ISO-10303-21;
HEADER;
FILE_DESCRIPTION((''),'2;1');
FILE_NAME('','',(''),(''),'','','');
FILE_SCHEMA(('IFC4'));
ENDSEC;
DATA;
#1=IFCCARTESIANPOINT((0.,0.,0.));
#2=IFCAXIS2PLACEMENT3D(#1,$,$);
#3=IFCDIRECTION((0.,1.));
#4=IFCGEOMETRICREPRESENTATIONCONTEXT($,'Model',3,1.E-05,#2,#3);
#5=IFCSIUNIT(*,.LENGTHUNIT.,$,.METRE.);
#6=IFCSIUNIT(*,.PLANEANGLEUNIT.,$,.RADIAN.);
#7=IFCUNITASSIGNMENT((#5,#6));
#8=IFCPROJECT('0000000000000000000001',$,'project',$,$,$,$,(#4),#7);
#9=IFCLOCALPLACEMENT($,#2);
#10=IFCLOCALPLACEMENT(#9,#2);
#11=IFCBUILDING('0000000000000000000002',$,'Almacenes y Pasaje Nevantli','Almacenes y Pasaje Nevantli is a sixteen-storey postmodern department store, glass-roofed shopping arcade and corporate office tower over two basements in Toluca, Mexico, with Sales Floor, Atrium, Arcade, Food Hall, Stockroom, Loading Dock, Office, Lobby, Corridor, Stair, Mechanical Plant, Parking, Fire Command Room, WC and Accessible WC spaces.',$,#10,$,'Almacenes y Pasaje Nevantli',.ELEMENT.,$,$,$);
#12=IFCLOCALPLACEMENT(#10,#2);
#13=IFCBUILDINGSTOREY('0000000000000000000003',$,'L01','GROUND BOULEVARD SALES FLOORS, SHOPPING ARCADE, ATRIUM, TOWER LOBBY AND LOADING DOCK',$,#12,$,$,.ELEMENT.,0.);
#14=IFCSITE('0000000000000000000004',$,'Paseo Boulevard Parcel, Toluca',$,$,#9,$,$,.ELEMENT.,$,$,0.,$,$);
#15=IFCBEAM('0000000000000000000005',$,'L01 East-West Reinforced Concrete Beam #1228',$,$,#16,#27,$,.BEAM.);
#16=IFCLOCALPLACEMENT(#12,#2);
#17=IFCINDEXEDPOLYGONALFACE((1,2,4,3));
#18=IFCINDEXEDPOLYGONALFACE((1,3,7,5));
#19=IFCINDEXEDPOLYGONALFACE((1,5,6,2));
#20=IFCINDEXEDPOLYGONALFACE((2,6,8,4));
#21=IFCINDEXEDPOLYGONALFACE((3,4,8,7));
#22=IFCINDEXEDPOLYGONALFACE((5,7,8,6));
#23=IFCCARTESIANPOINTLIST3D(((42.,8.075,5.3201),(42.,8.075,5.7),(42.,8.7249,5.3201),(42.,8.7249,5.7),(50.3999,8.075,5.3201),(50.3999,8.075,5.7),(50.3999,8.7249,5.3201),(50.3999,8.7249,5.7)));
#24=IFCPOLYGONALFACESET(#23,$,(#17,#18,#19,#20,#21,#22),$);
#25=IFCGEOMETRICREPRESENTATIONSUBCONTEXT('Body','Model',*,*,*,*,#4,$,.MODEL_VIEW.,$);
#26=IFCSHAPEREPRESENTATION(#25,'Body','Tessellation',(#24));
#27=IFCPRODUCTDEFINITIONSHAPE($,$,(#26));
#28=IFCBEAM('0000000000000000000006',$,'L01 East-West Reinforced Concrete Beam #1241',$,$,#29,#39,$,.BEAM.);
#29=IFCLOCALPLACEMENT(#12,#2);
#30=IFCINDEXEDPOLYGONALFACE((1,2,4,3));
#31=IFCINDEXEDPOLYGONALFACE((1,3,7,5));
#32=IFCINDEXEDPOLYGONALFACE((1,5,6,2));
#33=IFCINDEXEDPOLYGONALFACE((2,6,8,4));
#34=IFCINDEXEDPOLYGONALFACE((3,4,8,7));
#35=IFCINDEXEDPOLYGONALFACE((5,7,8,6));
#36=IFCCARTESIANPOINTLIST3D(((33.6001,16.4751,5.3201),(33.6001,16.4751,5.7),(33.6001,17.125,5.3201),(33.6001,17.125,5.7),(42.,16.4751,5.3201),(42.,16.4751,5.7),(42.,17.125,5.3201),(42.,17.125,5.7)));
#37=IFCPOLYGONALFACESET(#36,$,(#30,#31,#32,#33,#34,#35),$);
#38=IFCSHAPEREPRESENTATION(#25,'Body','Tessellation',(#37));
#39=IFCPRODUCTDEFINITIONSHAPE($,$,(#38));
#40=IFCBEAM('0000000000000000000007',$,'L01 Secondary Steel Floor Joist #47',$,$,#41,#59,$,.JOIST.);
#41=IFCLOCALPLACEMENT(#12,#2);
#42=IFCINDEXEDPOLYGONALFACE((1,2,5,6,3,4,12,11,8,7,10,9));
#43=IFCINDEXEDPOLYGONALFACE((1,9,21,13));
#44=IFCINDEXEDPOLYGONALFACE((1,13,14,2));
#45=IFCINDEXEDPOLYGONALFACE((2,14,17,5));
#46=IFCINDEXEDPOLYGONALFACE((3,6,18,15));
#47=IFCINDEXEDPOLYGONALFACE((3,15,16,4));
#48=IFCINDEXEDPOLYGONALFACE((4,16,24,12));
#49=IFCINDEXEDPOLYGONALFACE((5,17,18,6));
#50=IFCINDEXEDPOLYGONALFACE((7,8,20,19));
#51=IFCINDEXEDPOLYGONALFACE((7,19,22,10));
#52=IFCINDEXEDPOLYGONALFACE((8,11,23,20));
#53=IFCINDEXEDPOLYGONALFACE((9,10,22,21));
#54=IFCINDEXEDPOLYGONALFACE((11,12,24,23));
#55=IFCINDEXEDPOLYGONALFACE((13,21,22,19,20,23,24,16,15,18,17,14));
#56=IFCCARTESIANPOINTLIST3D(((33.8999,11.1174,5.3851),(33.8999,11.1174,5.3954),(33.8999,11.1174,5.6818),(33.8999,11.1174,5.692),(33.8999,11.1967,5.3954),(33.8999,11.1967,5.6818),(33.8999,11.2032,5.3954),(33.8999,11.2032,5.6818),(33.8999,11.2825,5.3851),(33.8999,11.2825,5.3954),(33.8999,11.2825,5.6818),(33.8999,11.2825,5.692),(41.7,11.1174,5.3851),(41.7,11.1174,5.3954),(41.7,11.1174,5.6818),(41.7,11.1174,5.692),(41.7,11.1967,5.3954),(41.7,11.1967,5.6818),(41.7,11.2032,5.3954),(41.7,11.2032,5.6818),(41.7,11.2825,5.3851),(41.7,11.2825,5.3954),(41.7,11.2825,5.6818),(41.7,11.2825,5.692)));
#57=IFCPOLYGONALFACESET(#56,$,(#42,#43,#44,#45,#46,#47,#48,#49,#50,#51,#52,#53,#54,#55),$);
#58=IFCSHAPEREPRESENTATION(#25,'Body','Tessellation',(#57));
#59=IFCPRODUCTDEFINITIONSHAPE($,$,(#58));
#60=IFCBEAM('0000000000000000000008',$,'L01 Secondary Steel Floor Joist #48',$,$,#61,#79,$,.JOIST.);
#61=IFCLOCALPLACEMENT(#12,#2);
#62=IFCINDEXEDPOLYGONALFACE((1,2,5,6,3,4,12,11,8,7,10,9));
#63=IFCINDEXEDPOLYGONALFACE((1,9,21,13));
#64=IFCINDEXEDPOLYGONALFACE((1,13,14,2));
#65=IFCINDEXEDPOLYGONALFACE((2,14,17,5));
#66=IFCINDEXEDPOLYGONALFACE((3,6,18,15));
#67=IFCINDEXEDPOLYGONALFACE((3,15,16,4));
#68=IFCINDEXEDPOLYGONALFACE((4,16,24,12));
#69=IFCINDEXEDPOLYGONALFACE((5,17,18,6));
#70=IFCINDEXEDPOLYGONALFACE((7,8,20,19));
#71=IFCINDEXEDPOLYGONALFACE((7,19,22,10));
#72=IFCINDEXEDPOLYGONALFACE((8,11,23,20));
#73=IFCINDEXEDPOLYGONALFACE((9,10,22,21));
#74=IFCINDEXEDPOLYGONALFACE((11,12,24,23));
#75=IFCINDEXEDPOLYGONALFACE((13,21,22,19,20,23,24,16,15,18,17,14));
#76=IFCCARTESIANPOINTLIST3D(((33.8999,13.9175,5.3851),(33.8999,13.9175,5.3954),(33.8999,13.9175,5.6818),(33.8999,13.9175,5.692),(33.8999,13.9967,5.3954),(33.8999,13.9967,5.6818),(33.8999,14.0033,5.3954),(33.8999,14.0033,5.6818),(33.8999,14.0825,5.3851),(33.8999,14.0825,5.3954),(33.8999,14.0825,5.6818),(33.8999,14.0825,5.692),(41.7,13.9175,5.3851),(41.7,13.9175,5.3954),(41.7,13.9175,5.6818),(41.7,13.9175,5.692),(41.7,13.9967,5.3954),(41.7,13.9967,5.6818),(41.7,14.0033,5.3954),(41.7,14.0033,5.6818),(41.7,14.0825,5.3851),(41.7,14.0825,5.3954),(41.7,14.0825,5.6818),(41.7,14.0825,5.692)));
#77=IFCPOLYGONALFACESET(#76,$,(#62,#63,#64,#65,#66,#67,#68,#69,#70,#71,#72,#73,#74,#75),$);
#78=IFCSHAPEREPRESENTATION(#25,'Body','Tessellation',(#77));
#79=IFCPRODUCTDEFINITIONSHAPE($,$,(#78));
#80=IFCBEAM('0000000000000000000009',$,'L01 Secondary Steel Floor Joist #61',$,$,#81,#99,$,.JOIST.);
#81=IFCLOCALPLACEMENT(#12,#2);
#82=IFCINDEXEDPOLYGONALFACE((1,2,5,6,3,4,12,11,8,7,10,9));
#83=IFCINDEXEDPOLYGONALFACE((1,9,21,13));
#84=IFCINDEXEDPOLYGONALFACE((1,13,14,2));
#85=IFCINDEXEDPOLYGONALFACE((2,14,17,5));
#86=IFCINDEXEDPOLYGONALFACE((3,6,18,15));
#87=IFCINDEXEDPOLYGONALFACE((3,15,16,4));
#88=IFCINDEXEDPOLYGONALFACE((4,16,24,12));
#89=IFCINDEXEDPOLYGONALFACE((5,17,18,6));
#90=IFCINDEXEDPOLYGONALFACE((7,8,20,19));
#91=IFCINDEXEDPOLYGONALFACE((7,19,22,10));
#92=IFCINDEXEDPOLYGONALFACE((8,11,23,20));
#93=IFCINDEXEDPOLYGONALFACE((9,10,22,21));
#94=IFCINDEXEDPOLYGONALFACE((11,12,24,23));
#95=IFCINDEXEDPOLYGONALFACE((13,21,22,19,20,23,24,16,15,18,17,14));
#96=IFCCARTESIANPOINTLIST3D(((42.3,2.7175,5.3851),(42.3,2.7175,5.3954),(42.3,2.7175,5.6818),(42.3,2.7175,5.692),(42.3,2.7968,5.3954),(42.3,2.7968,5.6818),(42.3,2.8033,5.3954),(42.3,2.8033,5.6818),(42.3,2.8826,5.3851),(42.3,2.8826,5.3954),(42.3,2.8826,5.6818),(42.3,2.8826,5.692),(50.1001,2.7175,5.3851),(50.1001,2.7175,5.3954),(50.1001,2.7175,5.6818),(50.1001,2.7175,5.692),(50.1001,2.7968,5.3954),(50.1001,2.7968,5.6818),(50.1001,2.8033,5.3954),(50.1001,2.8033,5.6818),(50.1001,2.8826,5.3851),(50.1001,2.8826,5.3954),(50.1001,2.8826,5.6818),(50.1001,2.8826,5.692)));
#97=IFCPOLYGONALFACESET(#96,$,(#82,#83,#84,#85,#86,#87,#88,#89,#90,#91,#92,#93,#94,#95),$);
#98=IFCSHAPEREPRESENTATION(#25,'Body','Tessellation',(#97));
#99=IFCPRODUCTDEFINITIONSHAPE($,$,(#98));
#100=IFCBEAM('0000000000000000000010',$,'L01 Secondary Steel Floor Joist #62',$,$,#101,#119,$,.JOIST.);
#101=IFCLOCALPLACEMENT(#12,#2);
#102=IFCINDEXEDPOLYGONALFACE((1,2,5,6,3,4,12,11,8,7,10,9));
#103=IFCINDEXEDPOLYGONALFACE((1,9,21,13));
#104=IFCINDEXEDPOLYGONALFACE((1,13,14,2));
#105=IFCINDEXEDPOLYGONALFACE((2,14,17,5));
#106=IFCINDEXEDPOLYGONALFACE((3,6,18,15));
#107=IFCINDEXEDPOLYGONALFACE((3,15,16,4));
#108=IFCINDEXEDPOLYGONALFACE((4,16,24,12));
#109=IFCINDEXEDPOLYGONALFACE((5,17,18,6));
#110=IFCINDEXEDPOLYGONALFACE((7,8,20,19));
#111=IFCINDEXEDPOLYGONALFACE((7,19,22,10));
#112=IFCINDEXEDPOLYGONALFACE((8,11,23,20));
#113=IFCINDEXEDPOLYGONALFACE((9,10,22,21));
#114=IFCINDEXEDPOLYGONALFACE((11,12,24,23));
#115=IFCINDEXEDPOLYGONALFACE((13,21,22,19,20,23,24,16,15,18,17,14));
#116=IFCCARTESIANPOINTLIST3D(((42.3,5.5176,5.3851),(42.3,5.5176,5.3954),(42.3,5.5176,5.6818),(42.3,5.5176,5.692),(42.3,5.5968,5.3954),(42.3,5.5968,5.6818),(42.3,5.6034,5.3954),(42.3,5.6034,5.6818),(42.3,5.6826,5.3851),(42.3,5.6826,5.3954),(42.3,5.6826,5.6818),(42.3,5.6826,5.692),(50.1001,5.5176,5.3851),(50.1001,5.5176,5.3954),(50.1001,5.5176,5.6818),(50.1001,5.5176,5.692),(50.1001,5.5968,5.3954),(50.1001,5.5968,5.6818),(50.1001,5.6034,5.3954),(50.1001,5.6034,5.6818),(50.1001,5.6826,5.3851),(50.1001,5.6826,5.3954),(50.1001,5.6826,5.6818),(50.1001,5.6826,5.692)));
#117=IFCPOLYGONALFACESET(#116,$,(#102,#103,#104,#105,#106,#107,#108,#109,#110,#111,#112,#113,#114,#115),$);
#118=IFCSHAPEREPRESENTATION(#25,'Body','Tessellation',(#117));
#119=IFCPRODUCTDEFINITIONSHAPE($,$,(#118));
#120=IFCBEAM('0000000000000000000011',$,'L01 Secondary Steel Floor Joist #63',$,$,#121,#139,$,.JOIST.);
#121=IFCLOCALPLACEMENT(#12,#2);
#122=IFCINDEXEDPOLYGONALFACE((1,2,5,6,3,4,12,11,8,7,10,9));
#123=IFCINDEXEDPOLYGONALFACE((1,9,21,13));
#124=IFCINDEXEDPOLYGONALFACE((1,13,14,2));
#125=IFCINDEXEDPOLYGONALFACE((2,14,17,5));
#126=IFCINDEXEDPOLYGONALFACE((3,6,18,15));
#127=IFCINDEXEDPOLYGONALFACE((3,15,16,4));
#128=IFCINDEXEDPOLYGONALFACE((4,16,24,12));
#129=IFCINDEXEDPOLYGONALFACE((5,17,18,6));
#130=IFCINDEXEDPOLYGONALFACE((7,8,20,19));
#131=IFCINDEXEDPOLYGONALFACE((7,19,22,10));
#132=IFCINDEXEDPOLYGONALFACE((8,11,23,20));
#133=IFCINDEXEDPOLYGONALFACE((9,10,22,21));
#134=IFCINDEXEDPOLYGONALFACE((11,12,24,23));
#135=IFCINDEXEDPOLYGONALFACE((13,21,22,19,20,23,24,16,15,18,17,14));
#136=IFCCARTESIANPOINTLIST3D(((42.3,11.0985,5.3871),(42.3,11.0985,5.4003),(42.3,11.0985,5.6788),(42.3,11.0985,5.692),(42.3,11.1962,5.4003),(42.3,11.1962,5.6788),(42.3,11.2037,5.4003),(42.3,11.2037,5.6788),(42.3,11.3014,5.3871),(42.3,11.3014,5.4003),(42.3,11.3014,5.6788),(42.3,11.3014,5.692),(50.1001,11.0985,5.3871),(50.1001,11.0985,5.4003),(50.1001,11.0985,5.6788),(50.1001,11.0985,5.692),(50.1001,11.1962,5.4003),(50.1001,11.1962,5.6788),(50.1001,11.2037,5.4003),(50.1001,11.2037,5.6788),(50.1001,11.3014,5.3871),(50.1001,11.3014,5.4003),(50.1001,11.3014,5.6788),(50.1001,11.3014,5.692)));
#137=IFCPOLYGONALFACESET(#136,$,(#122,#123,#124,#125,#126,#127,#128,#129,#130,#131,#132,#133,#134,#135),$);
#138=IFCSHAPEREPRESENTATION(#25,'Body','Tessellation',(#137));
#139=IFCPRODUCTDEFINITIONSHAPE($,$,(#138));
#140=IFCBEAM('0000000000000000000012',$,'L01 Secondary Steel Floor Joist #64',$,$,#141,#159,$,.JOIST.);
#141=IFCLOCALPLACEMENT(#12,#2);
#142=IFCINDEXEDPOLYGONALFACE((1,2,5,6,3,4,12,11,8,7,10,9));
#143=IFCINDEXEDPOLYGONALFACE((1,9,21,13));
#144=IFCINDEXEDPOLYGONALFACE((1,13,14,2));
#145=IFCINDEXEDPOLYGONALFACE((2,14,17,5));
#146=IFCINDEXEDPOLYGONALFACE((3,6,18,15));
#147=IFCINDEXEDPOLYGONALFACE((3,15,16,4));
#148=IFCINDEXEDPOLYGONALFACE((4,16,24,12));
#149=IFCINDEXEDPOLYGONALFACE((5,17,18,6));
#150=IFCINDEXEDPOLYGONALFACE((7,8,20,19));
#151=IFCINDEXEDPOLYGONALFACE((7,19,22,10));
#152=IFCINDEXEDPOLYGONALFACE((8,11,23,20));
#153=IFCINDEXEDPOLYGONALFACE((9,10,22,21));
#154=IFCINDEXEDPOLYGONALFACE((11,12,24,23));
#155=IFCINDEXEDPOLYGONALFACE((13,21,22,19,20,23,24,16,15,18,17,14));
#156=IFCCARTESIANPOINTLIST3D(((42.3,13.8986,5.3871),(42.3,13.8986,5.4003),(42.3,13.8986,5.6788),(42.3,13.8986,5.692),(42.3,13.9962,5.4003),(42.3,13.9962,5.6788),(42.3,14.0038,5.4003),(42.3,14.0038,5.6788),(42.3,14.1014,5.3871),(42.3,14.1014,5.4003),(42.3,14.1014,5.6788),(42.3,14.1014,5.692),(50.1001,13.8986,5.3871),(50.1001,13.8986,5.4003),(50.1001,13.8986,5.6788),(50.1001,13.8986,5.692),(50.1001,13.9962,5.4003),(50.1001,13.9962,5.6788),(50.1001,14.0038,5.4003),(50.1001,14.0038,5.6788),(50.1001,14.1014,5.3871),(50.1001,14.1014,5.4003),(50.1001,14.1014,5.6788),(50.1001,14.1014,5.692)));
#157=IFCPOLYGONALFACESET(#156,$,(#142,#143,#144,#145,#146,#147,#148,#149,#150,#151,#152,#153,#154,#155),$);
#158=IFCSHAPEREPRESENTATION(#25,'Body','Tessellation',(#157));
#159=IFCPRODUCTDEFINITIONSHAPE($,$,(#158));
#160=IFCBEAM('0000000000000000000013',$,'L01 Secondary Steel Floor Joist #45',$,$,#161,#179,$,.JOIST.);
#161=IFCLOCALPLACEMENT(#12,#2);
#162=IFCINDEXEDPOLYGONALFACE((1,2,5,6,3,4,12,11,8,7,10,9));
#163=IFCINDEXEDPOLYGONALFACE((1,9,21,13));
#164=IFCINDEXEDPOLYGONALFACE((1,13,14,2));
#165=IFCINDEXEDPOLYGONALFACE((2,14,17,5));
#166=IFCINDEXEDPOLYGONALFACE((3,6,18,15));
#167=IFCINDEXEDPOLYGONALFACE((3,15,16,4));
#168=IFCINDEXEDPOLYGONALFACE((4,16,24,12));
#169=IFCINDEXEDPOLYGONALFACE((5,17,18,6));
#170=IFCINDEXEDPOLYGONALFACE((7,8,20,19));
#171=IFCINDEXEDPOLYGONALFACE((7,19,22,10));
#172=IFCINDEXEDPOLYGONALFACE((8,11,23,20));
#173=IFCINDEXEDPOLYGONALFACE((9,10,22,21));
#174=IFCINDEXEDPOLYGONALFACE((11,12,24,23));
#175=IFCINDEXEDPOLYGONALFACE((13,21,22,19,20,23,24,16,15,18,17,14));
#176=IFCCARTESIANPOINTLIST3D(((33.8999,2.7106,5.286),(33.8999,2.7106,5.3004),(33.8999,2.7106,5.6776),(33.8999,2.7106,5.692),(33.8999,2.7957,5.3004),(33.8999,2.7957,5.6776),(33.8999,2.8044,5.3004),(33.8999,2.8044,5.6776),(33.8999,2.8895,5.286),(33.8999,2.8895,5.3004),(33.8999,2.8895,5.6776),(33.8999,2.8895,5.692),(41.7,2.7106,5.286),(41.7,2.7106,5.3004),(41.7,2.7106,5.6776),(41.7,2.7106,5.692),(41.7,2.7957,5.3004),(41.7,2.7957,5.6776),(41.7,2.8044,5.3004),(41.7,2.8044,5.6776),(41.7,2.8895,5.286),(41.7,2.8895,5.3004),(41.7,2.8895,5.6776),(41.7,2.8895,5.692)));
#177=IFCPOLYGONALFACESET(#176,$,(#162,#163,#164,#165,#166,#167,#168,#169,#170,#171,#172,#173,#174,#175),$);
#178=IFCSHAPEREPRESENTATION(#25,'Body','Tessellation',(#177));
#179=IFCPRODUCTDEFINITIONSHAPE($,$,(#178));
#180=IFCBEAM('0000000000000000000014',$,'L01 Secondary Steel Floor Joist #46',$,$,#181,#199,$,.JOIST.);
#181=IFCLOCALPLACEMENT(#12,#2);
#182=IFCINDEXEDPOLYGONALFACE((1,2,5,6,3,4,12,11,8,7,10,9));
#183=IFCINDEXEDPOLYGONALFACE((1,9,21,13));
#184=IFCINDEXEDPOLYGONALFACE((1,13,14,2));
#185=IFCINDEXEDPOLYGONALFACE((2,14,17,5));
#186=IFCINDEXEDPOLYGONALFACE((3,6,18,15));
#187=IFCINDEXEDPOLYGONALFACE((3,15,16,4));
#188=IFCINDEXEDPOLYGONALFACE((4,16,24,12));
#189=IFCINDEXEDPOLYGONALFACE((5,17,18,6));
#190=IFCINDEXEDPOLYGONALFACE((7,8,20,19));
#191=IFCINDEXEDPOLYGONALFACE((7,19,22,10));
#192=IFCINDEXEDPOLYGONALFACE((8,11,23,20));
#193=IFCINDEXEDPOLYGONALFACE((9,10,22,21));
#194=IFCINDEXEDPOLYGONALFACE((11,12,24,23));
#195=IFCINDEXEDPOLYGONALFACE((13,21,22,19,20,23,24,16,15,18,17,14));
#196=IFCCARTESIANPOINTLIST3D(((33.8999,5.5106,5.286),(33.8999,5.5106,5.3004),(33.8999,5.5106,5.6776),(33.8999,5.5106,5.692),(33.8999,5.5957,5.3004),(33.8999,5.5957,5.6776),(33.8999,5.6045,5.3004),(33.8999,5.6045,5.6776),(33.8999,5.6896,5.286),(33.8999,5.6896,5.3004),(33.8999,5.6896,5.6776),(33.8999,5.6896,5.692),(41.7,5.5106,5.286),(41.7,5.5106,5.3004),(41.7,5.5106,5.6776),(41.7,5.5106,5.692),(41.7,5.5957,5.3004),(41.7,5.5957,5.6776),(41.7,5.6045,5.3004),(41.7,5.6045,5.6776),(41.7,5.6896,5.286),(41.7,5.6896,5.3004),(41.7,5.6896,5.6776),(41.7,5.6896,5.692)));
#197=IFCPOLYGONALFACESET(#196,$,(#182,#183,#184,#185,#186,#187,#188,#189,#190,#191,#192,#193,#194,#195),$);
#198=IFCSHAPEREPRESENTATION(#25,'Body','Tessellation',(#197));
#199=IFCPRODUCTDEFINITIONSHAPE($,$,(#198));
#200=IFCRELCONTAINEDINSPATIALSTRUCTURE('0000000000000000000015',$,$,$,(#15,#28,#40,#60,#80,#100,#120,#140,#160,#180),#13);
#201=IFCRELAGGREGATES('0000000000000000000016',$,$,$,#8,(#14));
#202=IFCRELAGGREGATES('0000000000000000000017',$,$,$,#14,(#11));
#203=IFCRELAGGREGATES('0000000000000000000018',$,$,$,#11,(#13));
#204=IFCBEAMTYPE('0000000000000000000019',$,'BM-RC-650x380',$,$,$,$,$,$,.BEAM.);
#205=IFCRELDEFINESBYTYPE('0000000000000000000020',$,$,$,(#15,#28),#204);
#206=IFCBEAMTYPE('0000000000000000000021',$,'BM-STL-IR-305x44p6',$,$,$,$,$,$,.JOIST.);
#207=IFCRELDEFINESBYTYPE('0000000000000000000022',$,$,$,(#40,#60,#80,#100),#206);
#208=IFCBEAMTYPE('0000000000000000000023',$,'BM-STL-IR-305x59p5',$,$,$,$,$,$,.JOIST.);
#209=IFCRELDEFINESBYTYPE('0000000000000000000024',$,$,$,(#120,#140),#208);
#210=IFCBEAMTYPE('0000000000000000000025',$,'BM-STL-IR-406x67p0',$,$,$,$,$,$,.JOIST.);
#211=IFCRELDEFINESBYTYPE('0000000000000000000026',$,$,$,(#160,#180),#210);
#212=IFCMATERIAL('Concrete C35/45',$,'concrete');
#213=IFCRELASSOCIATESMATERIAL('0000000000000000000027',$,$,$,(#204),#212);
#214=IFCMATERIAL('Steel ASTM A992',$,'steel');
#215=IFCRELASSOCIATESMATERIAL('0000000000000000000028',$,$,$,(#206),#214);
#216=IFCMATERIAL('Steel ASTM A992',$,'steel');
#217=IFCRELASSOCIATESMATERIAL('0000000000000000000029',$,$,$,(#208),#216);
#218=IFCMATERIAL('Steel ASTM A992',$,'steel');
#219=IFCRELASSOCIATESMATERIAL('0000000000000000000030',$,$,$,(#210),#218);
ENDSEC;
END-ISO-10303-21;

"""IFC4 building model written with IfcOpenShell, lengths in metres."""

from ifc_helpers import new_model, si_unit, direction, frame, origin, origin_2d, place, context, subcontext, project, spatial, rectangle, i_section, extrude, material, material_profile, profile_set, type_object, element, save


model = new_model("IFC4")

# Units and contexts
model_context = context("Model", 3, precision=1e-05, world=origin(), true_north=direction((0.0, 1.0)))
body_context = subcontext(model_context, "Body", "Model", "MODEL_VIEW")
ifc_project = project(units=[si_unit("LENGTHUNIT", "METRE"), si_unit("PLANEANGLEUNIT", "RADIAN")], contexts=[model_context])

# Site, building, storey
site_placement = place(None, origin())
site = spatial("IfcSite", under=ifc_project, at=site_placement, Name="Paseo Boulevard Parcel, Toluca", CompositionType="ELEMENT", RefElevation=0.0)
building_placement = place(site_placement, origin())
building = spatial("IfcBuilding", under=site, at=building_placement, Name="Almacenes y Pasaje Nevantli", Description="Almacenes y Pasaje Nevantli is a sixteen-storey postmodern department store, glass-roofed shopping arcade and corporate office tower over two basements in Toluca, Mexico, with Sales Floor, Atrium, Arcade, Food Hall, Stockroom, Loading Dock, Office, Lobby, Corridor, Stair, Mechanical Plant, Parking, Fire Command Room, WC and Accessible WC spaces.", LongName="Almacenes y Pasaje Nevantli", CompositionType="ELEMENT")
storey_placement = place(building_placement, origin())
storey = spatial("IfcBuildingStorey", under=building, at=storey_placement, Name="L01", Description="GROUND BOULEVARD SALES FLOORS, SHOPPING ARCADE, ATRIUM, TOWER LOBBY AND LOADING DOCK", CompositionType="ELEMENT", Elevation=0.0)

# Beams
ifc_material_1 = material(Name="Concrete C35/45", Category="concrete")
ifc_material_profile_1 = material_profile(ifc_material_1, rectangle(XDim=0.6499, YDim=0.3799, at=origin_2d()), Name="RC-BM-650x380")
ifc_profile_set_1 = profile_set([ifc_material_profile_1], Name="Concrete C35/45")
beam_type_1 = type_object("IfcBeamType", Name="BM-RC-650x380", PredefinedType="BEAM", material=ifc_profile_set_1)
for number, where, z_axis, x_axis, name in (
    (1, (42.0, 8.3999, 5.51), (1.0, 0.0, 0.0), (0.0, 1.0, 0.0), "L01 East-West Reinforced Concrete Beam #1228"),
    (2, (33.6001, 16.8, 5.51), (1.0, 0.0, 0.0), (0.0, 1.0, 0.0), "L01 East-West Reinforced Concrete Beam #1241"),
):
    element("IfcBeam", number, at=place(storey_placement, frame(where, z_axis=z_axis, x_axis=x_axis)), inside=storey, type_object=beam_type_1, Name=name, PredefinedType="BEAM", context=body_context, shape_type="SweptSolid", body=[
        extrude(rectangle(XDim=0.6499, YDim=0.3799, at=origin_2d()), origin(), (0.0, 0.0, 1.0), 8.3999),
    ])
ifc_material_2 = material(Name="Steel ASTM A992", Category="steel")
ifc_material_profile_2 = material_profile(ifc_material_2, i_section(OverallWidth=0.165, OverallDepth=0.3069, WebThickness=0.0066, FlangeThickness=0.0103, at=origin_2d()), Name="IR 305x44.6")
ifc_profile_set_2 = profile_set([ifc_material_profile_2], Name="Steel ASTM A992")
beam_type_2 = type_object("IfcBeamType", Name="BM-STL-IR-305x44p6", PredefinedType="JOIST", material=ifc_profile_set_2)
for number, where, z_axis, x_axis, name in (
    (3, (33.8999, 11.2, 5.5386), (1.0, 0.0, 0.0), (0.0, 1.0, 0.0), "L01 Secondary Steel Floor Joist #47"),
    (4, (33.8999, 14.0, 5.5386), (1.0, 0.0, 0.0), (0.0, 1.0, 0.0), "L01 Secondary Steel Floor Joist #48"),
    (5, (42.3, 2.8, 5.5386), (1.0, 0.0, 0.0), (0.0, 1.0, 0.0), "L01 Secondary Steel Floor Joist #61"),
    (6, (42.3, 5.6001, 5.5386), (1.0, 0.0, 0.0), (0.0, 1.0, 0.0), "L01 Secondary Steel Floor Joist #62"),
):
    element("IfcBeam", number, at=place(storey_placement, frame(where, z_axis=z_axis, x_axis=x_axis)), inside=storey, type_object=beam_type_2, Name=name, PredefinedType="JOIST", context=body_context, shape_type="SweptSolid", body=[
        extrude(i_section(OverallWidth=0.165, OverallDepth=0.3069, WebThickness=0.0066, FlangeThickness=0.0103, at=origin_2d()), origin(), (0.0, 0.0, 1.0), 7.8),
    ])
ifc_material_3 = material(Name="Steel ASTM A992", Category="steel")
ifc_material_profile_3 = material_profile(ifc_material_3, i_section(OverallWidth=0.2029, OverallDepth=0.3049, WebThickness=0.0076, FlangeThickness=0.0132, at=origin_2d()), Name="IR 305x59.5")
ifc_profile_set_3 = profile_set([ifc_material_profile_3], Name="Steel ASTM A992")
beam_type_3 = type_object("IfcBeamType", Name="BM-STL-IR-305x59p5", PredefinedType="JOIST", material=ifc_profile_set_3)
for number, where, z_axis, x_axis, name in (
    (7, (42.3, 11.2, 5.5396), (1.0, 0.0, 0.0), (0.0, 1.0, 0.0), "L01 Secondary Steel Floor Joist #63"),
    (8, (42.3, 14.0, 5.5396), (1.0, 0.0, 0.0), (0.0, 1.0, 0.0), "L01 Secondary Steel Floor Joist #64"),
):
    element("IfcBeam", number, at=place(storey_placement, frame(where, z_axis=z_axis, x_axis=x_axis)), inside=storey, type_object=beam_type_3, Name=name, PredefinedType="JOIST", context=body_context, shape_type="SweptSolid", body=[
        extrude(i_section(OverallWidth=0.2029, OverallDepth=0.3049, WebThickness=0.0076, FlangeThickness=0.0132, at=origin_2d()), origin(), (0.0, 0.0, 1.0), 7.8),
    ])
ifc_material_4 = material(Name="Steel ASTM A992", Category="steel")
ifc_material_profile_4 = material_profile(ifc_material_4, i_section(OverallWidth=0.179, OverallDepth=0.406, WebThickness=0.0088, FlangeThickness=0.0144, at=origin_2d()), Name="IR 406x67.0")
ifc_profile_set_4 = profile_set([ifc_material_profile_4], Name="Steel ASTM A992")
beam_type_4 = type_object("IfcBeamType", Name="BM-STL-IR-406x67p0", PredefinedType="JOIST", material=ifc_profile_set_4)
for number, where, z_axis, x_axis, name in (
    (9, (33.8999, 2.8, 5.489), (1.0, 0.0, 0.0), (0.0, 1.0, 0.0), "L01 Secondary Steel Floor Joist #45"),
    (10, (33.8999, 5.6001, 5.489), (1.0, 0.0, 0.0), (0.0, 1.0, 0.0), "L01 Secondary Steel Floor Joist #46"),
):
    element("IfcBeam", number, at=place(storey_placement, frame(where, z_axis=z_axis, x_axis=x_axis)), inside=storey, type_object=beam_type_4, Name=name, PredefinedType="JOIST", context=body_context, shape_type="SweptSolid", body=[
        extrude(i_section(OverallWidth=0.179, OverallDepth=0.406, WebThickness=0.0088, FlangeThickness=0.0144, at=origin_2d()), origin(), (0.0, 0.0, 1.0), 7.8),
    ])

save(model, "model.ifc")
